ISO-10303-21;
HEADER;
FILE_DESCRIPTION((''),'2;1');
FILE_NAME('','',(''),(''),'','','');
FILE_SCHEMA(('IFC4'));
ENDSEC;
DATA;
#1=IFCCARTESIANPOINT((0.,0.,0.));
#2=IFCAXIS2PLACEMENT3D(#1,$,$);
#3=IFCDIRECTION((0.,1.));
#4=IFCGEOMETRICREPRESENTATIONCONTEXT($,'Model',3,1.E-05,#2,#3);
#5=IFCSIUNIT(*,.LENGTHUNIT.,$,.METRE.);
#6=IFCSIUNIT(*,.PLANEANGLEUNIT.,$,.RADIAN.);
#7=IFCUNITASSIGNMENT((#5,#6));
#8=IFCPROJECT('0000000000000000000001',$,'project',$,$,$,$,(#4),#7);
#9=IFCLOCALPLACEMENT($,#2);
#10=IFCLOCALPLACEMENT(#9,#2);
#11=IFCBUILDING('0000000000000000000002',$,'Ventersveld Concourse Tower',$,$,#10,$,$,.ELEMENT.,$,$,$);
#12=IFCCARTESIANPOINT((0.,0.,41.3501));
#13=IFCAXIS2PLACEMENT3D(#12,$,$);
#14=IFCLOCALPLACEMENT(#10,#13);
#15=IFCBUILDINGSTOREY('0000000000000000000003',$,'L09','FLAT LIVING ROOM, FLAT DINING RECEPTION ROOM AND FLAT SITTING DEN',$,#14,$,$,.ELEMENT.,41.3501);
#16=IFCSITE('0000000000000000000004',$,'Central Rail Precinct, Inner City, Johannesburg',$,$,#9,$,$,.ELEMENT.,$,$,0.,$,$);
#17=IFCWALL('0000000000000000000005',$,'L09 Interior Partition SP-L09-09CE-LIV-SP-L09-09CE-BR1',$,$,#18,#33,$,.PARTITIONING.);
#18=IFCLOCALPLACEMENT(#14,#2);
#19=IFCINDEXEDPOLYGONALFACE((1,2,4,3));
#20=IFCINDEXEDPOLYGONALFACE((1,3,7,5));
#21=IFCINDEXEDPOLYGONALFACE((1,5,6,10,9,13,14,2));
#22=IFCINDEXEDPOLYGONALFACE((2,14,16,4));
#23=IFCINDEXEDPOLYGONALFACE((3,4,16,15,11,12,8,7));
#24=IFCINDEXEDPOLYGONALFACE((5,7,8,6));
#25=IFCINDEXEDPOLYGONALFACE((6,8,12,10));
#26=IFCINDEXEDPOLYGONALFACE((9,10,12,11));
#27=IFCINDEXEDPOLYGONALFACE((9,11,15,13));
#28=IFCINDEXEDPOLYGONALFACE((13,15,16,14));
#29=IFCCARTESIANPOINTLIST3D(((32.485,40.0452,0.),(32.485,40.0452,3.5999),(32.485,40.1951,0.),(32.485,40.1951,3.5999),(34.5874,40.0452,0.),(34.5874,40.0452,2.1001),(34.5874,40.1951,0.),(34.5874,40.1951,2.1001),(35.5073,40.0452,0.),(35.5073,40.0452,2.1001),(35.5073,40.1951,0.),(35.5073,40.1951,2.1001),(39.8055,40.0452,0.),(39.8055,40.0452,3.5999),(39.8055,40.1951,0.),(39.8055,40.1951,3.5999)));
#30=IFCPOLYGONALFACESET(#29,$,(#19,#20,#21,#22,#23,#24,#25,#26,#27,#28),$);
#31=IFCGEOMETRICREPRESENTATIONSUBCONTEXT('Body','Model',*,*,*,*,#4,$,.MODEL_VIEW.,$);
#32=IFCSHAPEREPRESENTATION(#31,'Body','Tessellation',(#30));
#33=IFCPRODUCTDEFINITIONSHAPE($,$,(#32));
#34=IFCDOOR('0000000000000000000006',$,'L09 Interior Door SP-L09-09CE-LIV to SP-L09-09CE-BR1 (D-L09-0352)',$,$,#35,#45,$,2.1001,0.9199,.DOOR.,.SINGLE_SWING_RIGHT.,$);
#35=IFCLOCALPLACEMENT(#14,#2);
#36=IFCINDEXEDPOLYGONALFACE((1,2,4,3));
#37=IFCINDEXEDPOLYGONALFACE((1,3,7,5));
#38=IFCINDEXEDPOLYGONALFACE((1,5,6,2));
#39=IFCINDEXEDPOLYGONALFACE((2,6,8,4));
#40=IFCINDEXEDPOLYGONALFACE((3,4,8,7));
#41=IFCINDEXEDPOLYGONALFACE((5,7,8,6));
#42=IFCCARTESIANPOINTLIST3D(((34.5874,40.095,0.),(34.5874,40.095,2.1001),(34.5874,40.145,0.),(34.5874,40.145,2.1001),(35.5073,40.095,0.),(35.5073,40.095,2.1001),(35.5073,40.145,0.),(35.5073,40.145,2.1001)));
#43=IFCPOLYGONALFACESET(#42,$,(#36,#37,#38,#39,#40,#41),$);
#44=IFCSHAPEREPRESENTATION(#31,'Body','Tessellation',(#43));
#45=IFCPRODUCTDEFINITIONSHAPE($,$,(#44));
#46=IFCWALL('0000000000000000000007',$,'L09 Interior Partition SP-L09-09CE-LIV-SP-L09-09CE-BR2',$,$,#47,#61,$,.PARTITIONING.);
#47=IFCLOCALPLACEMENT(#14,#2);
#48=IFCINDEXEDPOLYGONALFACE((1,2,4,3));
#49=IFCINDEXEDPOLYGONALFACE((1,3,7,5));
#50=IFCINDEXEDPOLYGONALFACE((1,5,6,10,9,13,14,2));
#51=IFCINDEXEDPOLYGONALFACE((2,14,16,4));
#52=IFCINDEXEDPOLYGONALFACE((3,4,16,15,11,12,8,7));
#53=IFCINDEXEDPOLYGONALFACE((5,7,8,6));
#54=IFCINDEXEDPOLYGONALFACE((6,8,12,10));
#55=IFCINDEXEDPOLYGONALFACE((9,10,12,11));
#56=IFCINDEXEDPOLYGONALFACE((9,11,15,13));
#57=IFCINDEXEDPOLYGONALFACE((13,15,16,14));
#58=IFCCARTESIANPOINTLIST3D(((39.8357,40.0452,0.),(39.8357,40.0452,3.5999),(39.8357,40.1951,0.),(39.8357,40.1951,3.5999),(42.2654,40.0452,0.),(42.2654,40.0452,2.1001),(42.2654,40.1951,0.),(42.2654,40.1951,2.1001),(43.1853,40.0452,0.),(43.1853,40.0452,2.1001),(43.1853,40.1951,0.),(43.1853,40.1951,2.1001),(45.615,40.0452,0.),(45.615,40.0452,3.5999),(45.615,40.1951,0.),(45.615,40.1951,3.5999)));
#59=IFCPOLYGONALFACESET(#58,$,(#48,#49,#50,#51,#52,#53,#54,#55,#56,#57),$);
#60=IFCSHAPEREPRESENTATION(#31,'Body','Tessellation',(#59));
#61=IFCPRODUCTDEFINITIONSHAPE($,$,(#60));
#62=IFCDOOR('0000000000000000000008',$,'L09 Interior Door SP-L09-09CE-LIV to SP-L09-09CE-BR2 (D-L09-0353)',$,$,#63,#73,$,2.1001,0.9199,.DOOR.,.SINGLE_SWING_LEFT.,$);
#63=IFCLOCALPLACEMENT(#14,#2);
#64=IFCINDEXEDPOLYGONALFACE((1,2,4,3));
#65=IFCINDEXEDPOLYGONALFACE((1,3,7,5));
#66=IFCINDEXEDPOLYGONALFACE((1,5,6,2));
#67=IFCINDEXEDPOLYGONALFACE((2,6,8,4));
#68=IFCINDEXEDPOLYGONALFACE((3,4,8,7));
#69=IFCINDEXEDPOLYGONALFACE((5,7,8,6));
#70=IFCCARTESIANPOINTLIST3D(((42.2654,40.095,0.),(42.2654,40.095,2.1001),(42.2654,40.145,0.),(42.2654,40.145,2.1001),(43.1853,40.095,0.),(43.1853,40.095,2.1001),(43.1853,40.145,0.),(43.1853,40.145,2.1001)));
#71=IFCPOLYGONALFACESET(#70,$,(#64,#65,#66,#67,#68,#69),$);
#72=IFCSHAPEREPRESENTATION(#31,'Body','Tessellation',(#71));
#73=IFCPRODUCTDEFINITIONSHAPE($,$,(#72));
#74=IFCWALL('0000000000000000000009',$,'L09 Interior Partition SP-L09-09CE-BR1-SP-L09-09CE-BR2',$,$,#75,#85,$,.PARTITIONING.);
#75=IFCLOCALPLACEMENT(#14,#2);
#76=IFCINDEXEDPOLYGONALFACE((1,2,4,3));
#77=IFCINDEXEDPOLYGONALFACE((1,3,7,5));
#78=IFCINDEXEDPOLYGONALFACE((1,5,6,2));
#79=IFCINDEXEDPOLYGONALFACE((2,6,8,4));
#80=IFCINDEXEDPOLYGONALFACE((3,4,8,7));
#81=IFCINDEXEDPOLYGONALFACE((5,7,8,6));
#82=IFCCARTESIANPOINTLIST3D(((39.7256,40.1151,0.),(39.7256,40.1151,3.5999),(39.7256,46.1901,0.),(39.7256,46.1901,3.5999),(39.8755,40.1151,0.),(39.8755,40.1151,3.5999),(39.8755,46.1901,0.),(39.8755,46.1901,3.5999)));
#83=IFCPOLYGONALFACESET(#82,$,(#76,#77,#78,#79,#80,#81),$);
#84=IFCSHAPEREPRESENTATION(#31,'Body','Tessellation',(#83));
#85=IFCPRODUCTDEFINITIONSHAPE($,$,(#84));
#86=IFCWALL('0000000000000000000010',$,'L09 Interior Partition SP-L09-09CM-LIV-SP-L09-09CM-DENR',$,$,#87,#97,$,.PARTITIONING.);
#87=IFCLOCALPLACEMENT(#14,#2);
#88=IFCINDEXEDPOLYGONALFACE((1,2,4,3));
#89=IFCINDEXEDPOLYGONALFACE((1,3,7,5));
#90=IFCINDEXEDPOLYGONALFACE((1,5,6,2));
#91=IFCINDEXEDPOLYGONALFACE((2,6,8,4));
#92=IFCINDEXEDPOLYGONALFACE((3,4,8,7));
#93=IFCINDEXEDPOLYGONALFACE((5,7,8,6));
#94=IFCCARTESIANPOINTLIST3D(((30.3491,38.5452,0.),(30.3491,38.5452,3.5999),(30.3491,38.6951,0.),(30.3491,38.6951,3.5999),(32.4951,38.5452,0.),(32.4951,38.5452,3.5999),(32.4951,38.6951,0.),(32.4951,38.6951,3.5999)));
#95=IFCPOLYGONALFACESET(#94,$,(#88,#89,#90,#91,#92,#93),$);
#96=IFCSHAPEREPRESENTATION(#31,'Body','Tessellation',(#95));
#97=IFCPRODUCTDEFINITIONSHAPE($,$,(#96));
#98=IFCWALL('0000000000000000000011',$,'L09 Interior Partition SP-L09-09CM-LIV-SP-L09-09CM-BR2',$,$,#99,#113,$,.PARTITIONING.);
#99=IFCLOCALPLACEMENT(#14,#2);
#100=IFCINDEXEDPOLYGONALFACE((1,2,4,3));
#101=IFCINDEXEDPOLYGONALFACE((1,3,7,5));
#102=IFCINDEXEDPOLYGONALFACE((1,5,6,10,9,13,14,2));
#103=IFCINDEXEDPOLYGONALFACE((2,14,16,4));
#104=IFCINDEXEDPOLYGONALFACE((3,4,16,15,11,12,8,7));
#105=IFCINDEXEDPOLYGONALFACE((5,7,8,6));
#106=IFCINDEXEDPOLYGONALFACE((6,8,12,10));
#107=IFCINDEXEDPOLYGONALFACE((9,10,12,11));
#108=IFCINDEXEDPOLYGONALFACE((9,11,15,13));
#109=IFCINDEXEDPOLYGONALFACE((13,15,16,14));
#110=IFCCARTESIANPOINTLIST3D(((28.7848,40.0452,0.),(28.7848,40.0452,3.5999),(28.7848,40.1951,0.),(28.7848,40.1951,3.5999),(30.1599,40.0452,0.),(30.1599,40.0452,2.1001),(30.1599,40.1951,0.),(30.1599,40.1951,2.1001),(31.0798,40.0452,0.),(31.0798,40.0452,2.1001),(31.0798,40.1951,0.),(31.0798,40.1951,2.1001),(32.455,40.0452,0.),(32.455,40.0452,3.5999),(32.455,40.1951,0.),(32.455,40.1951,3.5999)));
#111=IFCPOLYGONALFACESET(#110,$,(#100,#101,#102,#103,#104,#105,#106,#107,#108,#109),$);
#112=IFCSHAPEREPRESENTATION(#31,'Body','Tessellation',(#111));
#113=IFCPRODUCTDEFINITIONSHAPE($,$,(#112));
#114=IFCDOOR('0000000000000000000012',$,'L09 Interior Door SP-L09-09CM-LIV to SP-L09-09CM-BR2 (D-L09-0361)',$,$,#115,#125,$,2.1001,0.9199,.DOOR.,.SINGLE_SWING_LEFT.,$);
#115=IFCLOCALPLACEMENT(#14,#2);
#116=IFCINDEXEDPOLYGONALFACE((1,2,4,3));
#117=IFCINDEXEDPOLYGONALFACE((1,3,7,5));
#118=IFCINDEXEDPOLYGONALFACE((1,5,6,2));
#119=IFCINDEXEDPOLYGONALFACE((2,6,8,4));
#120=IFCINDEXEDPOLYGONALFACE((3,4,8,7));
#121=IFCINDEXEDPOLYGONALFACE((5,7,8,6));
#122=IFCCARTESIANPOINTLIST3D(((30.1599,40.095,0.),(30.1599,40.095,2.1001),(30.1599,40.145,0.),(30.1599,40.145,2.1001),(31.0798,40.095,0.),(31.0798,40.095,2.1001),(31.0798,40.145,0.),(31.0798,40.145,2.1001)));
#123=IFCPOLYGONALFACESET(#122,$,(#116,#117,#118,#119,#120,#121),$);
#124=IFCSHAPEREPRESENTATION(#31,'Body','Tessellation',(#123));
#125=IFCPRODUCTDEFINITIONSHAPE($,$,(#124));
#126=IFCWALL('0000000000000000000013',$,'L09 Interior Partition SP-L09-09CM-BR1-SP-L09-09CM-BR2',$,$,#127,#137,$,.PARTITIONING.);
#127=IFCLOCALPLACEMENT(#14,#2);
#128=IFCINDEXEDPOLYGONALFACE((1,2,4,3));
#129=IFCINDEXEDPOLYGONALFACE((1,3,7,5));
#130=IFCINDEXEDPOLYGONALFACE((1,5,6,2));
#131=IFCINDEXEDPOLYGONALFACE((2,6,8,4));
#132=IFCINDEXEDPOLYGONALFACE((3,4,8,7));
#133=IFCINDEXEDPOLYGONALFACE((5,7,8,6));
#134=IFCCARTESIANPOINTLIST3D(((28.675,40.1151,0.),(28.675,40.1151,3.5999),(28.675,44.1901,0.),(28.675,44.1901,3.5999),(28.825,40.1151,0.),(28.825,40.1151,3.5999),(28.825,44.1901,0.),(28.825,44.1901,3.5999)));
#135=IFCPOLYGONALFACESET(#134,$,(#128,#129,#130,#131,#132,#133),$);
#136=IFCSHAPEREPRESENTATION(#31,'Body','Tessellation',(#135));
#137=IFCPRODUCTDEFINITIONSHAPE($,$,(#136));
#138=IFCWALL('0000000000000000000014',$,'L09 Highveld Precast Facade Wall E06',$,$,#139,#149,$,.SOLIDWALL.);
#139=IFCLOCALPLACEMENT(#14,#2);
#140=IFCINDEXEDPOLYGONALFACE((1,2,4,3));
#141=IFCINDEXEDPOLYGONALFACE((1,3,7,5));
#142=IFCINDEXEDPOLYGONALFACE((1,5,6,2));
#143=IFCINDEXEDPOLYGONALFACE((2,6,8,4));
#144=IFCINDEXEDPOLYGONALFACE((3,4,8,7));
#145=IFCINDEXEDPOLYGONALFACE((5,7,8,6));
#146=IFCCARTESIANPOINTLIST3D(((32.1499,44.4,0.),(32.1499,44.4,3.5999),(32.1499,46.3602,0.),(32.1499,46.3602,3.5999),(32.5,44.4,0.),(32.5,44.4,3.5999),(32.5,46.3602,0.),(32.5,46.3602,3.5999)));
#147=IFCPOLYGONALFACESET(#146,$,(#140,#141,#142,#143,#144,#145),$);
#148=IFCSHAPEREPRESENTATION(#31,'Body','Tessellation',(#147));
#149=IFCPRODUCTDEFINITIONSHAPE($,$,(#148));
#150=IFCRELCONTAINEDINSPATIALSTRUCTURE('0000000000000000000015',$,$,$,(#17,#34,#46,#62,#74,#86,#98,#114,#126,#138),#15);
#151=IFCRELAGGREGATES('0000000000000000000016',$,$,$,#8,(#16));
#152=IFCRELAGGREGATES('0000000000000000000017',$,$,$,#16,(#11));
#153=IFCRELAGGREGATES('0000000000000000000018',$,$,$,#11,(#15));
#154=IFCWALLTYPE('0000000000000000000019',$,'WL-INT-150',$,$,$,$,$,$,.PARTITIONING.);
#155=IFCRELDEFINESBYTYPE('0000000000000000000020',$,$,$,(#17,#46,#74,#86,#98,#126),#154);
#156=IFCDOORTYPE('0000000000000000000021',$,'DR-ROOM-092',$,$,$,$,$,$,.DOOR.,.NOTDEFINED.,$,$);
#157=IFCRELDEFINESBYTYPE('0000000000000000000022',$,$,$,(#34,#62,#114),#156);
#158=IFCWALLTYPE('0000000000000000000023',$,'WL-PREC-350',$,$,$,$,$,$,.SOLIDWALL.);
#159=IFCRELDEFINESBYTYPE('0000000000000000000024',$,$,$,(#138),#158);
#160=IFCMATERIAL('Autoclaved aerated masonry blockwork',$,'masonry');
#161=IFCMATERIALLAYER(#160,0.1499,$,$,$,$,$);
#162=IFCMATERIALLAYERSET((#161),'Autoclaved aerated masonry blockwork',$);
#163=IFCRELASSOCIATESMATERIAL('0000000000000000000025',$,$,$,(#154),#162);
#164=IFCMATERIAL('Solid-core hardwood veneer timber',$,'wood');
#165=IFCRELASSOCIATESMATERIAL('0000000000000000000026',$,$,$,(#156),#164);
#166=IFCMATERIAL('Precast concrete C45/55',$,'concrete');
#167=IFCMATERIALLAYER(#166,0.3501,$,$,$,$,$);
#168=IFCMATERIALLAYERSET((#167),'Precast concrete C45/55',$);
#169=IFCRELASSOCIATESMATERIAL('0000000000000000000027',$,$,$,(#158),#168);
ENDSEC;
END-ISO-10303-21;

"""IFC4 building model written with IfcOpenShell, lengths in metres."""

from ifc_helpers import new_model, si_unit, direction, frame, frame_2d, origin, place, context, subcontext, project, spatial, rectangle, extrude, material, layer, layer_set, type_object, element, fill, save


model = new_model("IFC4")

# Units and contexts
model_context = context("Model", 3, precision=1e-05, world=origin(), true_north=direction((0.0, 1.0)))
body_context = subcontext(model_context, "Body", "Model", "MODEL_VIEW")
ifc_project = project(units=[si_unit("LENGTHUNIT", "METRE"), si_unit("PLANEANGLEUNIT", "RADIAN")], contexts=[model_context])

# Site, building, storey
site_placement = place(None, origin())
site = spatial("IfcSite", under=ifc_project, at=site_placement, Name="Central Rail Precinct, Inner City, Johannesburg", CompositionType="ELEMENT", RefElevation=0.0)
building_placement = place(site_placement, origin())
building = spatial("IfcBuilding", under=site, at=building_placement, Name="Ventersveld Concourse Tower", CompositionType="ELEMENT")
storey_placement = place(building_placement, frame((0.0, 0.0, 41.3501)))
storey = spatial("IfcBuildingStorey", under=building, at=storey_placement, Name="L09", Description="FLAT LIVING ROOM, FLAT DINING RECEPTION ROOM AND FLAT SITTING DEN", CompositionType="ELEMENT", Elevation=41.3501)

# Walls, openings, doors
ifc_material_1 = material(Name="Autoclaved aerated masonry blockwork", Category="masonry")
ifc_layer_1 = layer(ifc_material_1, 0.1499)
ifc_layer_set_1 = layer_set([ifc_layer_1], Name="Autoclaved aerated masonry blockwork")
wall_type_1 = type_object("IfcWallType", Name="WL-INT-150", PredefinedType="PARTITIONING", material=ifc_layer_set_1)
wall_1_placement = place(storey_placement, frame((32.4851, 40.1201, 0.0), z_axis=(0.0, 0.0, 1.0), x_axis=(1.0, 0.0, 0.0)))
wall_1 = element("IfcWall", 1, at=wall_1_placement, inside=storey, type_object=wall_type_1, Name="L09 Interior Partition SP-L09-09CE-LIV-SP-L09-09CE-BR1", PredefinedType="PARTITIONING", context=body_context, shape_type="SweptSolid", body=[
    extrude(rectangle(XDim=7.3206, YDim=0.1499, at=frame_2d((3.6602, 0.0))), origin(), (0.0, 0.0, 1.0), 3.5999),
])
opening_1_placement = place(wall_1_placement, frame((2.1023, 0.0, 0.0)))
opening_1 = element("IfcOpeningElement", 2, at=opening_1_placement, cuts=wall_1, PredefinedType="OPENING", context=body_context, shape_type="SweptSolid", body=[
    extrude(rectangle(XDim=0.9199, YDim=2.1001, at=frame_2d((0.46, 1.05))), frame((0.0, 0.085, 0.0), z_axis=(0.0, -1.0, 0.0), x_axis=(1.0, 0.0, 0.0)), (0.0, 0.0, 1.0), 0.1699),
])
ifc_material_2 = material(Name="Solid-core hardwood veneer timber", Category="wood")
door_type_1 = type_object("IfcDoorType", Name="DR-ROOM-092", OperationType="NOTDEFINED", PredefinedType="DOOR", material=ifc_material_2)
door_1_placement = place(opening_1_placement, origin())
door_1 = element("IfcDoor", 3, at=door_1_placement, inside=storey, type_object=door_type_1, Name="L09 Interior Door SP-L09-09CE-LIV to SP-L09-09CE-BR1 (D-L09-0352)", OperationType="SINGLE_SWING_RIGHT", OverallHeight=2.1001, OverallWidth=0.9199, PredefinedType="DOOR", context=body_context, shape_type="SweptSolid", body=[
    extrude(rectangle(XDim=0.9199, YDim=2.1001, at=frame_2d((0.46, 1.05))), frame((0.0, 0.0249, 0.0), z_axis=(0.0, -1.0, 0.0), x_axis=(1.0, 0.0, 0.0)), (0.0, 0.0, 1.0), 0.05),
])
fill(opening_1, door_1)
wall_2_placement = place(storey_placement, frame((39.8357, 40.1201, 0.0), z_axis=(0.0, 0.0, 1.0), x_axis=(1.0, 0.0, 0.0)))
wall_2 = element("IfcWall", 4, at=wall_2_placement, inside=storey, type_object=wall_type_1, Name="L09 Interior Partition SP-L09-09CE-LIV-SP-L09-09CE-BR2", PredefinedType="PARTITIONING", context=body_context, shape_type="SweptSolid", body=[
    extrude(rectangle(XDim=5.7793, YDim=0.1499, at=frame_2d((2.8896, 0.0))), origin(), (0.0, 0.0, 1.0), 3.5999),
])
opening_2_placement = place(wall_2_placement, frame((2.4297, 0.0, 0.0)))
opening_2 = element("IfcOpeningElement", 5, at=opening_2_placement, cuts=wall_2, PredefinedType="OPENING", context=body_context, shape_type="SweptSolid", body=[
    extrude(rectangle(XDim=0.9199, YDim=2.1001, at=frame_2d((0.46, 1.05))), frame((0.0, 0.085, 0.0), z_axis=(0.0, -1.0, 0.0), x_axis=(1.0, 0.0, 0.0)), (0.0, 0.0, 1.0), 0.1699),
])
door_2_placement = place(opening_2_placement, origin())
door_2 = element("IfcDoor", 6, at=door_2_placement, inside=storey, type_object=door_type_1, Name="L09 Interior Door SP-L09-09CE-LIV to SP-L09-09CE-BR2 (D-L09-0353)", OperationType="SINGLE_SWING_LEFT", OverallHeight=2.1001, OverallWidth=0.9199, PredefinedType="DOOR", context=body_context, shape_type="SweptSolid", body=[
    extrude(rectangle(XDim=0.9199, YDim=2.1001, at=frame_2d((0.46, 1.05))), frame((0.0, 0.0249, 0.0), z_axis=(0.0, -1.0, 0.0), x_axis=(1.0, 0.0, 0.0)), (0.0, 0.0, 1.0), 0.05),
])
fill(opening_2, door_2)

# Walls
wall_3_placement = place(storey_placement, frame((39.8005, 40.115, 0.0), z_axis=(0.0, 0.0, 1.0), x_axis=(0.0, 1.0, 0.0)))
element("IfcWall", 7, at=wall_3_placement, inside=storey, type_object=wall_type_1, Name="L09 Interior Partition SP-L09-09CE-BR1-SP-L09-09CE-BR2", PredefinedType="PARTITIONING", context=body_context, shape_type="SweptSolid", body=[
    extrude(rectangle(XDim=6.075, YDim=0.1499, at=frame_2d((3.0376, 0.0))), origin(), (0.0, 0.0, 1.0), 3.5999),
])
wall_4_placement = place(storey_placement, frame((30.3491, 38.6201, 0.0), z_axis=(0.0, 0.0, 1.0), x_axis=(1.0, 0.0, 0.0)))
element("IfcWall", 8, at=wall_4_placement, inside=storey, type_object=wall_type_1, Name="L09 Interior Partition SP-L09-09CM-LIV-SP-L09-09CM-DENR", PredefinedType="PARTITIONING", context=body_context, shape_type="SweptSolid", body=[
    extrude(rectangle(XDim=2.146, YDim=0.1499, at=frame_2d((1.073, 0.0))), origin(), (0.0, 0.0, 1.0), 3.5999),
])

# Wall, opening, door
wall_5_placement = place(storey_placement, frame((28.7849, 40.1201, 0.0), z_axis=(0.0, 0.0, 1.0), x_axis=(1.0, 0.0, 0.0)))
wall_5 = element("IfcWall", 9, at=wall_5_placement, inside=storey, type_object=wall_type_1, Name="L09 Interior Partition SP-L09-09CM-LIV-SP-L09-09CM-BR2", PredefinedType="PARTITIONING", context=body_context, shape_type="SweptSolid", body=[
    extrude(rectangle(XDim=3.6702, YDim=0.1499, at=frame_2d((1.835, 0.0))), origin(), (0.0, 0.0, 1.0), 3.5999),
])
opening_3_placement = place(wall_5_placement, frame((1.375, 0.0, 0.0)))
opening_3 = element("IfcOpeningElement", 10, at=opening_3_placement, cuts=wall_5, PredefinedType="OPENING", context=body_context, shape_type="SweptSolid", body=[
    extrude(rectangle(XDim=0.9199, YDim=2.1001, at=frame_2d((0.46, 1.05))), frame((0.0, 0.085, 0.0), z_axis=(0.0, -1.0, 0.0), x_axis=(1.0, 0.0, 0.0)), (0.0, 0.0, 1.0), 0.1699),
])
door_3_placement = place(opening_3_placement, origin())
door_3 = element("IfcDoor", 11, at=door_3_placement, inside=storey, type_object=door_type_1, Name="L09 Interior Door SP-L09-09CM-LIV to SP-L09-09CM-BR2 (D-L09-0361)", OperationType="SINGLE_SWING_LEFT", OverallHeight=2.1001, OverallWidth=0.9199, PredefinedType="DOOR", context=body_context, shape_type="SweptSolid", body=[
    extrude(rectangle(XDim=0.9199, YDim=2.1001, at=frame_2d((0.46, 1.05))), frame((0.0, 0.0249, 0.0), z_axis=(0.0, -1.0, 0.0), x_axis=(1.0, 0.0, 0.0)), (0.0, 0.0, 1.0), 0.05),
])
fill(opening_3, door_3)

# Walls
wall_6_placement = place(storey_placement, frame((28.75, 40.115, 0.0), z_axis=(0.0, 0.0, 1.0), x_axis=(0.0, 1.0, 0.0)))
element("IfcWall", 12, at=wall_6_placement, inside=storey, type_object=wall_type_1, Name="L09 Interior Partition SP-L09-09CM-BR1-SP-L09-09CM-BR2", PredefinedType="PARTITIONING", context=body_context, shape_type="SweptSolid", body=[
    extrude(rectangle(XDim=4.075, YDim=0.1499, at=frame_2d((2.0376, 0.0))), origin(), (0.0, 0.0, 1.0), 3.5999),
])
ifc_material_3 = material(Name="Precast concrete C45/55", Category="concrete")
ifc_layer_2 = layer(ifc_material_3, 0.3501)
ifc_layer_set_2 = layer_set([ifc_layer_2], Name="Precast concrete C45/55")
wall_type_2 = type_object("IfcWallType", Name="WL-PREC-350", PredefinedType="SOLIDWALL", material=ifc_layer_set_2)
wall_7_placement = place(storey_placement, frame((32.325, 46.3601, 0.0), z_axis=(0.0, 0.0, 1.0), x_axis=(0.0, -1.0, 0.0)))
element("IfcWall", 13, at=wall_7_placement, inside=storey, type_object=wall_type_2, Name="L09 Highveld Precast Facade Wall E06", PredefinedType="SOLIDWALL", context=body_context, shape_type="SweptSolid", body=[
    extrude(rectangle(XDim=1.9602, YDim=0.3501, at=frame_2d((0.98, 0.0))), origin(), (0.0, 0.0, 1.0), 3.5999),
])

save(model, "model.ifc")
